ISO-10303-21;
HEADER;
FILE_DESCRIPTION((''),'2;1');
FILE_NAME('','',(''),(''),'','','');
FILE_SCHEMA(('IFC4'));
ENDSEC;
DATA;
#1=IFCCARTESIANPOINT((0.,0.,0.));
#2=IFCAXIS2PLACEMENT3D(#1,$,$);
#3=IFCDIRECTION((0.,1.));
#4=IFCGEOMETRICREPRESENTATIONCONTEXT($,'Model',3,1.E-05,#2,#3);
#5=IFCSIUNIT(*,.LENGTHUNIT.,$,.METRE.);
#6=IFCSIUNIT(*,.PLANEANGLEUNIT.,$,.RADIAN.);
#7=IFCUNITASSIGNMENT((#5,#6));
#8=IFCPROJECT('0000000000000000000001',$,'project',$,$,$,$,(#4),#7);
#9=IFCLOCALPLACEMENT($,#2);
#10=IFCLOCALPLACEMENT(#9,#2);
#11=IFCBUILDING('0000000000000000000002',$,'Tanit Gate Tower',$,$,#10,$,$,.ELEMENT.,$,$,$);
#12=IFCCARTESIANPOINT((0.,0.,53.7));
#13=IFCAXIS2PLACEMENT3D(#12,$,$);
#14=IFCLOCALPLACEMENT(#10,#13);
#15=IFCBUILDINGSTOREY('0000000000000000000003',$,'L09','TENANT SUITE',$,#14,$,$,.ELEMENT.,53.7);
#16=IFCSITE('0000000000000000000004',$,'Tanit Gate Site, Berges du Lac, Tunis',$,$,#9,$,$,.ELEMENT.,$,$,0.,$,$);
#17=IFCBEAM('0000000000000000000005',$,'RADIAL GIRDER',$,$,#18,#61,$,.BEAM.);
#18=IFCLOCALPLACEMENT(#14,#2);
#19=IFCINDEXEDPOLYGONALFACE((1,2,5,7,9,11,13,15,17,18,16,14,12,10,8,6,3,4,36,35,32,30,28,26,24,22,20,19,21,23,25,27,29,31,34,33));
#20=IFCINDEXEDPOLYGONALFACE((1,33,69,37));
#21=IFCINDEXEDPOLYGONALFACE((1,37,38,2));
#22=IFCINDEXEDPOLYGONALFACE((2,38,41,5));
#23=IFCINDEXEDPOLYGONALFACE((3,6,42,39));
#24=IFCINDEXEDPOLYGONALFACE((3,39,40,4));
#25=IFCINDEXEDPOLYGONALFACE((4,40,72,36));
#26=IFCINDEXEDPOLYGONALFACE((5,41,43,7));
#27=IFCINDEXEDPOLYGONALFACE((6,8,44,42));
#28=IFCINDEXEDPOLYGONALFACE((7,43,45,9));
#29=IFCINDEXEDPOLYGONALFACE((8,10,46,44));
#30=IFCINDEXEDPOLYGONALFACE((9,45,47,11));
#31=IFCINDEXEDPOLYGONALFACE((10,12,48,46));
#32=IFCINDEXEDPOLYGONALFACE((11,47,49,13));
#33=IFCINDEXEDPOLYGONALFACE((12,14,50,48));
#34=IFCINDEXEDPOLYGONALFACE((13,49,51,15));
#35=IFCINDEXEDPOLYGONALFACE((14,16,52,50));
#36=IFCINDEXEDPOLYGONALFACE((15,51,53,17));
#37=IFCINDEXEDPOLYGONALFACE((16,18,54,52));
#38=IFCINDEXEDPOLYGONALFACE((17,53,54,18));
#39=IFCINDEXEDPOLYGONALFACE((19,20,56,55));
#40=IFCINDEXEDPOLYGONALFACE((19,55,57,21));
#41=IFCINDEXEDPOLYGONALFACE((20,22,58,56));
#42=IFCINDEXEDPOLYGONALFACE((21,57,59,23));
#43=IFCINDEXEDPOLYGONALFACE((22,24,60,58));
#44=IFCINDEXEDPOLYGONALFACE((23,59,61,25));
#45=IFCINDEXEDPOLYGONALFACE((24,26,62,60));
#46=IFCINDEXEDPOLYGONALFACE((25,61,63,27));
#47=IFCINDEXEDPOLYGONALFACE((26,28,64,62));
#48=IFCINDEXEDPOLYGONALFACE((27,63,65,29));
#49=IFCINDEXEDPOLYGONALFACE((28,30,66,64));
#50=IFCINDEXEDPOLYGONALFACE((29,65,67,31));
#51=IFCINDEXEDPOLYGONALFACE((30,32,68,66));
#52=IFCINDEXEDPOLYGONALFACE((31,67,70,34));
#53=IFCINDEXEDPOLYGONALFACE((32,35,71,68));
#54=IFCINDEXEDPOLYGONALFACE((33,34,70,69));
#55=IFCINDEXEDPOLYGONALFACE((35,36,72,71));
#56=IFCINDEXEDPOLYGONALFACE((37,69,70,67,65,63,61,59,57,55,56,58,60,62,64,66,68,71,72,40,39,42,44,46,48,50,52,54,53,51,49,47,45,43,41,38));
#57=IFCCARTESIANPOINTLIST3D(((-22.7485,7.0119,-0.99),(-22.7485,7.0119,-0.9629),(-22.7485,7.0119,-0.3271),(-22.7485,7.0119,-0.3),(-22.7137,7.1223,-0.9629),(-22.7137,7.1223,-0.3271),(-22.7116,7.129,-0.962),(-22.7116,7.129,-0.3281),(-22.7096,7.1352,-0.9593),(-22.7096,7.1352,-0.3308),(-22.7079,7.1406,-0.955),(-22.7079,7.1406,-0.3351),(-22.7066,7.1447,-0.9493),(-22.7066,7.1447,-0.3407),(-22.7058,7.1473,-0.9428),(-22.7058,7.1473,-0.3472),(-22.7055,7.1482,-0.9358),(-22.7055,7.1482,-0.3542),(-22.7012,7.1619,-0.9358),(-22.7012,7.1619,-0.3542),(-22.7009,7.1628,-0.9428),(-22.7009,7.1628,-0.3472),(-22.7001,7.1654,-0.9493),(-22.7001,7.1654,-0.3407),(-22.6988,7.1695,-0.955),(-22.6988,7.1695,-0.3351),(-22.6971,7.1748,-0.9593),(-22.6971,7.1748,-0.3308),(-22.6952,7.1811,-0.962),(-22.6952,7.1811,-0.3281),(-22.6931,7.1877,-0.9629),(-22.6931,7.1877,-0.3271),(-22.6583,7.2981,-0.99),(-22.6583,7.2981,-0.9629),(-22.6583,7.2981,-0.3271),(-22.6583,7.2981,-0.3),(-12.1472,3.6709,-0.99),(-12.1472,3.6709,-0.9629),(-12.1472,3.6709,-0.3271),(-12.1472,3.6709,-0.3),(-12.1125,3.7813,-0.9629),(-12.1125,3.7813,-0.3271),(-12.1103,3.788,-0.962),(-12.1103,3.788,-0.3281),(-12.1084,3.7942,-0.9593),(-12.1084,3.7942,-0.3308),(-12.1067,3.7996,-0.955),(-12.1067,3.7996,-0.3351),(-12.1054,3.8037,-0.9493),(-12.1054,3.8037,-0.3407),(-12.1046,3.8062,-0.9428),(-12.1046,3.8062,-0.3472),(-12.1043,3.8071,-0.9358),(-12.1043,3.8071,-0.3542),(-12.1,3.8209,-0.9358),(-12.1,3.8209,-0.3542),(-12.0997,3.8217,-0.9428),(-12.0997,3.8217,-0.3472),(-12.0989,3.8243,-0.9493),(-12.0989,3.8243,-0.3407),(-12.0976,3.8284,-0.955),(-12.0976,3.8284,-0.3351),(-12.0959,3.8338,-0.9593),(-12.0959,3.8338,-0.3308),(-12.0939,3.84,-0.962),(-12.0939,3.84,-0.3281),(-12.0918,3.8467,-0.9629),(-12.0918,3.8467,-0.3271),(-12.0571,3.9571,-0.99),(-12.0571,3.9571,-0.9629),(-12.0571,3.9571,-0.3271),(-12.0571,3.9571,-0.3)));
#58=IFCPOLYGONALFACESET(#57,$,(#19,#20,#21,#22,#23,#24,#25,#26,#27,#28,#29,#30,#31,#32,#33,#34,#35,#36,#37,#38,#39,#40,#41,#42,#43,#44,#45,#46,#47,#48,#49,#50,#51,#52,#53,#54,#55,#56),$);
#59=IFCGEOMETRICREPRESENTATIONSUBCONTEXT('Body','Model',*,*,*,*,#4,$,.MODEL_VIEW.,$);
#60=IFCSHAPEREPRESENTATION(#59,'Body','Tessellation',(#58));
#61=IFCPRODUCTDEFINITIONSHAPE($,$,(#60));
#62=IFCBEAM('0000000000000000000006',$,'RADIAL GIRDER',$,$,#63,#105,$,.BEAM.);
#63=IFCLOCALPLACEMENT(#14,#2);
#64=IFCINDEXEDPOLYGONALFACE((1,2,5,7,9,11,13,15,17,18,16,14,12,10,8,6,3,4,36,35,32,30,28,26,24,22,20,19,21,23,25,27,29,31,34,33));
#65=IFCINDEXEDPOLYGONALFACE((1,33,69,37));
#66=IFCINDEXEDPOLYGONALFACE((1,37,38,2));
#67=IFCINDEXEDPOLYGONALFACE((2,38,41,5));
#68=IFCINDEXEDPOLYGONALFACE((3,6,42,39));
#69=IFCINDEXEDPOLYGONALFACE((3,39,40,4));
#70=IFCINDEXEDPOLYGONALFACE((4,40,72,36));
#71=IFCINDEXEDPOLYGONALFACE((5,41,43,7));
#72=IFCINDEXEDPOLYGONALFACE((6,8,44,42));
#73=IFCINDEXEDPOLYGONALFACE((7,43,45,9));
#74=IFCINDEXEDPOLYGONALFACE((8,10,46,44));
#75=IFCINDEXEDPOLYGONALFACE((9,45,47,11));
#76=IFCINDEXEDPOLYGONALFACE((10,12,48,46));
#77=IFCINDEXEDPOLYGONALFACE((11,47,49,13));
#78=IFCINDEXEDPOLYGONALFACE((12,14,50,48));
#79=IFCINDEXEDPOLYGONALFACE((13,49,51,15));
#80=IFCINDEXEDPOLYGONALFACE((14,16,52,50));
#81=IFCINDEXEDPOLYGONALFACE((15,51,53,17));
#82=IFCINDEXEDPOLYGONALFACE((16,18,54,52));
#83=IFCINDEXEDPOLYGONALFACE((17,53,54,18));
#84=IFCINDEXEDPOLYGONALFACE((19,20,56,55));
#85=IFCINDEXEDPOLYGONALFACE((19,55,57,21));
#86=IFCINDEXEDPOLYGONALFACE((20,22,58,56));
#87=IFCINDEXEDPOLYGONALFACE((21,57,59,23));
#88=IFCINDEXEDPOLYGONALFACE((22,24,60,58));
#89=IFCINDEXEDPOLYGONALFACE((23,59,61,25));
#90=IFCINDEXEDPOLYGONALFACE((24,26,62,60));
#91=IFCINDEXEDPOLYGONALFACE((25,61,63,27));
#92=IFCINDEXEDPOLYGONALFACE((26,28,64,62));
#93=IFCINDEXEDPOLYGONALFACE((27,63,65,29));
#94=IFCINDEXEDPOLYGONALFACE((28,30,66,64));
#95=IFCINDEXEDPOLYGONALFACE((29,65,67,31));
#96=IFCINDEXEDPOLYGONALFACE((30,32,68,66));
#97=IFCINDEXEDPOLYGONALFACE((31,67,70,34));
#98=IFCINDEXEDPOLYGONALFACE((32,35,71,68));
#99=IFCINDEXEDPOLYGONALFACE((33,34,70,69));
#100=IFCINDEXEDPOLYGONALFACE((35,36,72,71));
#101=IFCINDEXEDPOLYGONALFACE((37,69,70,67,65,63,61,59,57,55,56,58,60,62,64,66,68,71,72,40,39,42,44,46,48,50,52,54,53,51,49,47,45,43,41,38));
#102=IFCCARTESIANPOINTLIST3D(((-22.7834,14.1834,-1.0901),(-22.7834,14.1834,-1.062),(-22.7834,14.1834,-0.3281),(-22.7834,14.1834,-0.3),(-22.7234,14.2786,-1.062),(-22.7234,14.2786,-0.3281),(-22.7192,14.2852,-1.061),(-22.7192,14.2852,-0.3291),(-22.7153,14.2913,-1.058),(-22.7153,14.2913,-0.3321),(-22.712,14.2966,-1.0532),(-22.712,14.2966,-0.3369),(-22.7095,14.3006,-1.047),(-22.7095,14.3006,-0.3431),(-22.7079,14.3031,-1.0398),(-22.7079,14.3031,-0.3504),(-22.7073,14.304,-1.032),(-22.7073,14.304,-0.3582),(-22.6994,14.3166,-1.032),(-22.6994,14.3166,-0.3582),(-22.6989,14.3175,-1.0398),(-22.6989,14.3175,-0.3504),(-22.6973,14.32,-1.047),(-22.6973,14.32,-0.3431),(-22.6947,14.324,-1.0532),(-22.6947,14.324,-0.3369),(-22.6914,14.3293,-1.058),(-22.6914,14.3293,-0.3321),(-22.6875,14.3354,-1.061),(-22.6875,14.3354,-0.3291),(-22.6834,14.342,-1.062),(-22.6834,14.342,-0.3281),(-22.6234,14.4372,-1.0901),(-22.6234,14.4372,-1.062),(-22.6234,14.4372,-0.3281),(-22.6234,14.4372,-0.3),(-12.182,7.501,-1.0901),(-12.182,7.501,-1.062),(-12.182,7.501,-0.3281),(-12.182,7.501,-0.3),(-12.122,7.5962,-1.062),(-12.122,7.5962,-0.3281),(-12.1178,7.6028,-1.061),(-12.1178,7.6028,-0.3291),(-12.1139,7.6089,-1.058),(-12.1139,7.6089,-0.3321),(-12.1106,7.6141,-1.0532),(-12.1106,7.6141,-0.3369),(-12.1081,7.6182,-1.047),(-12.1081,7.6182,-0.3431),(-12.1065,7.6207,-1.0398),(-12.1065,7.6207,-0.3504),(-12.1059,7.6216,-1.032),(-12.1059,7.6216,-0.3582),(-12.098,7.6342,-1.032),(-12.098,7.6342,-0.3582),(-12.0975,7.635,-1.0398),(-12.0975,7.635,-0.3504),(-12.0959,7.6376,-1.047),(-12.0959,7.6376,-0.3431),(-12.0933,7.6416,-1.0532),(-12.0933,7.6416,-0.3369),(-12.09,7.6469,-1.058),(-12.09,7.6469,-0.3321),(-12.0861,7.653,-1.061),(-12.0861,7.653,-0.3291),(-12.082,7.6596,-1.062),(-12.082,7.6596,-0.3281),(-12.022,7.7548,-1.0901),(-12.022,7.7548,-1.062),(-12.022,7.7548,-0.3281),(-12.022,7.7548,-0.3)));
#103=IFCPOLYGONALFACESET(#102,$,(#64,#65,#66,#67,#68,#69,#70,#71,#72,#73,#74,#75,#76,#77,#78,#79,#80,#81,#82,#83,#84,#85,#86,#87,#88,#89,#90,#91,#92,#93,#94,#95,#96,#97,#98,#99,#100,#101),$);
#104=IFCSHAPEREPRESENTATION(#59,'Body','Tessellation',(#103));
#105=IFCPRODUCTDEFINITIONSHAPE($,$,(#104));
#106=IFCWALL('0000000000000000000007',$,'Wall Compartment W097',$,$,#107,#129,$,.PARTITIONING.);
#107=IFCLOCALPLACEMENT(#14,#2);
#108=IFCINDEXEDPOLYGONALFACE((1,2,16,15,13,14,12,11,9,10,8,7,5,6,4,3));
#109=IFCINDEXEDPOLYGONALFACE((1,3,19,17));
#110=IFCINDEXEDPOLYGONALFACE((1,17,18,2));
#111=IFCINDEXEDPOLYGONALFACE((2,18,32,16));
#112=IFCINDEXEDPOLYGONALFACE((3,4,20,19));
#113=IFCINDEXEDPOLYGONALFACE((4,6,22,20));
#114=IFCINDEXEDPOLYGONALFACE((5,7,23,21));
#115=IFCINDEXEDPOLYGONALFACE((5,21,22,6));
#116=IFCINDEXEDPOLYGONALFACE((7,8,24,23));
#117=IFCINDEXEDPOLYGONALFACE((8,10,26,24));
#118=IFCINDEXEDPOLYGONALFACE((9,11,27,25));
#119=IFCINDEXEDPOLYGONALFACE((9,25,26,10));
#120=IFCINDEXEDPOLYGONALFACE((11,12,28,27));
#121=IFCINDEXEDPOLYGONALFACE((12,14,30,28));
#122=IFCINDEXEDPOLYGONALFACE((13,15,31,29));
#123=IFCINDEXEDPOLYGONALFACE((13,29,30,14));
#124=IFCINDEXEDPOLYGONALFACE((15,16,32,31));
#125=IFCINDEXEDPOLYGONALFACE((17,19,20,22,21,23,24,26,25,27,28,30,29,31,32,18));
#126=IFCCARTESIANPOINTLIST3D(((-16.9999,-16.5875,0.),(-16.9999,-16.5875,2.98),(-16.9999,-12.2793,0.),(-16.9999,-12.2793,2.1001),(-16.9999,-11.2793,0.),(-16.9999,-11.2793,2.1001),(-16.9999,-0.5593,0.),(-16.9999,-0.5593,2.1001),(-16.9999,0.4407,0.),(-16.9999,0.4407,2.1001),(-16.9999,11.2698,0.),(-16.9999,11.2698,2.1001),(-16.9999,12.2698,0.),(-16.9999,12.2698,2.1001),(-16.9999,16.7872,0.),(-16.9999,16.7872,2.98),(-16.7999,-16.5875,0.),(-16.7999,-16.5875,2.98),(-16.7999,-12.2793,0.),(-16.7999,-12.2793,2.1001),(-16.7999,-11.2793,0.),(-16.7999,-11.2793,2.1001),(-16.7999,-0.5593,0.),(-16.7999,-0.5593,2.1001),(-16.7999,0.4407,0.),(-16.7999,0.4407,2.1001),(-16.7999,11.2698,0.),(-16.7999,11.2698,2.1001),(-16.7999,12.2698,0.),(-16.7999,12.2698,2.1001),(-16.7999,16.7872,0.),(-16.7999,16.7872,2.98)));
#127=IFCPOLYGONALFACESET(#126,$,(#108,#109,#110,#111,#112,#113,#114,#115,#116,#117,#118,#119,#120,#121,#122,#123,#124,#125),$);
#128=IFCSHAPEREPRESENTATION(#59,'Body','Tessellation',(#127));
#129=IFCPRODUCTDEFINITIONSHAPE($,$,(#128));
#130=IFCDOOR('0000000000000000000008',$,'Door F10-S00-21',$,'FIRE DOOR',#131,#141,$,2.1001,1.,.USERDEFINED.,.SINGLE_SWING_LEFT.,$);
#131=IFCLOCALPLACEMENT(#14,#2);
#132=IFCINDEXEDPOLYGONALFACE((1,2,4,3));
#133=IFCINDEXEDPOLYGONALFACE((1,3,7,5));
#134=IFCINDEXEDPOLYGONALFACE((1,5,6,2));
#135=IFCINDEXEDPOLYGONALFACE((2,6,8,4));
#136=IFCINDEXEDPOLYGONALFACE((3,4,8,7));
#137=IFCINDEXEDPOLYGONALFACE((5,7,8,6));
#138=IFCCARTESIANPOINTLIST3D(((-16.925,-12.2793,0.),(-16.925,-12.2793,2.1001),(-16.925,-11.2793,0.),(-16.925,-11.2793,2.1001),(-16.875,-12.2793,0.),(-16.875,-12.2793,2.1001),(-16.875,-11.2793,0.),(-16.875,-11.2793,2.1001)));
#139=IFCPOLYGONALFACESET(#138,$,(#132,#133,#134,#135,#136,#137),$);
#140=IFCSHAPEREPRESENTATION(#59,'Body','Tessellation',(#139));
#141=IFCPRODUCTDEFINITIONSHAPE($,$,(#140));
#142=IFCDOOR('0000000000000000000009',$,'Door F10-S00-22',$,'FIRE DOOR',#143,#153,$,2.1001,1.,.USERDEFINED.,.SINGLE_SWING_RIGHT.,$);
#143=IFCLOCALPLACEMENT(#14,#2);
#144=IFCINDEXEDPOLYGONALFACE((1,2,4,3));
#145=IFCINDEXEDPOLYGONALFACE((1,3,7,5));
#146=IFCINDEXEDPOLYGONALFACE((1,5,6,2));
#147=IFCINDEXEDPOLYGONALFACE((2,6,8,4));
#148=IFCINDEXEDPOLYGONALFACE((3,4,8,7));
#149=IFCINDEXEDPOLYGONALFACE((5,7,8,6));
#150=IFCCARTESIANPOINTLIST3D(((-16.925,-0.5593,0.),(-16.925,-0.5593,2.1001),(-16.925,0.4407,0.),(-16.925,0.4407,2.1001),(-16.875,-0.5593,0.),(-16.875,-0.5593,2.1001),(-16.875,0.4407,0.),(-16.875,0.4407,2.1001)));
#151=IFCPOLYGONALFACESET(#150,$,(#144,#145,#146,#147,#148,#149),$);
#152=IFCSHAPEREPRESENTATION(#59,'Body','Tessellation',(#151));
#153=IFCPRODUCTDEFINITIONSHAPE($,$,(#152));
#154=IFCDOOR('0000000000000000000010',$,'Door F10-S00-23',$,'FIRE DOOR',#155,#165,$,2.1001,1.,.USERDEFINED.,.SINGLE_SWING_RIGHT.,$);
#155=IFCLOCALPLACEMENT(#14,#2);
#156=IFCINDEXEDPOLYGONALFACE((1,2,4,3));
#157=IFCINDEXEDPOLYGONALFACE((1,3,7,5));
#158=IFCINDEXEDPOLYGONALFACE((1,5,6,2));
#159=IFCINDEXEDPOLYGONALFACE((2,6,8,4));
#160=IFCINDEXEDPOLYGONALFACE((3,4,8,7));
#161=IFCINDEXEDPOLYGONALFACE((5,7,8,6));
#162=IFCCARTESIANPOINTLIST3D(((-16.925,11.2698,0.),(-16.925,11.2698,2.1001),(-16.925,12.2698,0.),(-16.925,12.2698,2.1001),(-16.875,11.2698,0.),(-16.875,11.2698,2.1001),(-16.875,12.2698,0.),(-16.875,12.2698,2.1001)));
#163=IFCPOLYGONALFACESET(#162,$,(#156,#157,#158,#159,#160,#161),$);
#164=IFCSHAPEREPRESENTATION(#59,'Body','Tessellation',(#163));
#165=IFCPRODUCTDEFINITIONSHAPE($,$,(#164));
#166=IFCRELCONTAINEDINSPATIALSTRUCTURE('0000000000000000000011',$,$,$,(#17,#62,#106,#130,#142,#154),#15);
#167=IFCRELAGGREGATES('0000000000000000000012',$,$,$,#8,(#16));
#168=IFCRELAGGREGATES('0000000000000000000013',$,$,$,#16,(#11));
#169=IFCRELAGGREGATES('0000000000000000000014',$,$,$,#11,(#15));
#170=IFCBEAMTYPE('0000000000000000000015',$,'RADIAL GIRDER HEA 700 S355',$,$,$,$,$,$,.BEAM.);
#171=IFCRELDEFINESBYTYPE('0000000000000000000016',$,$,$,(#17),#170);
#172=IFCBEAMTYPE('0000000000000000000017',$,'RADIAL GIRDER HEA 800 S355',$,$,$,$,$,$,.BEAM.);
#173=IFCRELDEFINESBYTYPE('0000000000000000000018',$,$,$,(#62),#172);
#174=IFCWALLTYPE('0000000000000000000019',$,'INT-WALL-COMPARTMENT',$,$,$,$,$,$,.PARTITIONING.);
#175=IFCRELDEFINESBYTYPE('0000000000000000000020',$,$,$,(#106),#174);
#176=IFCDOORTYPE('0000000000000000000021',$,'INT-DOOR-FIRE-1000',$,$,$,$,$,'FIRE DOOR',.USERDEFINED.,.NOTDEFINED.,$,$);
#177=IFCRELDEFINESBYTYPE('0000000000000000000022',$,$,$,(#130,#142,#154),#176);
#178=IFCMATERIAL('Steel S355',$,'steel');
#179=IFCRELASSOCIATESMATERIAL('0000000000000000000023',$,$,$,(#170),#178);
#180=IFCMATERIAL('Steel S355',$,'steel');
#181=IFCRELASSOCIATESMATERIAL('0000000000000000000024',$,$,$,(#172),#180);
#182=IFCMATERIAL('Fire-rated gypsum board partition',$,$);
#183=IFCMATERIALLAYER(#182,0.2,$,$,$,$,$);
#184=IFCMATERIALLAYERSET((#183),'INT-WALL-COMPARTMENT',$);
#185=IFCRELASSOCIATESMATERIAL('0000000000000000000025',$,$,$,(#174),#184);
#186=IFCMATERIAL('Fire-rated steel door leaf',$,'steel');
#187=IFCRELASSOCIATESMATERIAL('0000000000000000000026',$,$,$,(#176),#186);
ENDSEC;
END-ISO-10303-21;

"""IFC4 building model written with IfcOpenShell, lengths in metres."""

from ifc_helpers import new_model, si_unit, direction, frame, frame_2d, origin, origin_2d, place, context, subcontext, project, spatial, rectangle, i_section, extrude, material, layer, layer_set, material_profile, profile_set, type_object, element, fill, save


model = new_model("IFC4")

# Units and contexts
model_context = context("Model", 3, precision=1e-05, world=origin(), true_north=direction((0.0, 1.0)))
body_context = subcontext(model_context, "Body", "Model", "MODEL_VIEW")
ifc_project = project(units=[si_unit("LENGTHUNIT", "METRE"), si_unit("PLANEANGLEUNIT", "RADIAN")], contexts=[model_context])

# Site, building, storey
site_placement = place(None, origin())
site = spatial("IfcSite", under=ifc_project, at=site_placement, Name="Tanit Gate Site, Berges du Lac, Tunis", CompositionType="ELEMENT", RefElevation=0.0)
building_placement = place(site_placement, origin())
building = spatial("IfcBuilding", under=site, at=building_placement, Name="Tanit Gate Tower", CompositionType="ELEMENT")
storey_placement = place(building_placement, frame((0.0, 0.0, 53.7)))
storey = spatial("IfcBuildingStorey", under=building, at=storey_placement, Name="L09", Description="TENANT SUITE", CompositionType="ELEMENT", Elevation=53.7)

# Beams
ifc_material_1 = material(Name="Steel S355", Category="steel")
ifc_material_profile_1 = material_profile(ifc_material_1, i_section(OverallWidth=0.3, OverallDepth=0.6899, WebThickness=0.0144, FlangeThickness=0.0271, FilletRadius=0.0271, at=origin_2d()), Name="HEA 700")
ifc_profile_set_1 = profile_set([ifc_material_profile_1], Name="Steel S355")
beam_type_1 = type_object("IfcBeamType", Name="RADIAL GIRDER HEA 700 S355", PredefinedType="BEAM", material=ifc_profile_set_1)
beam_1_placement = place(storey_placement, frame((-22.7034, 7.155, -0.645), z_axis=(0.953756, -0.300582, 0.0), x_axis=(0.300582, 0.953756, 0.0)))
element("IfcBeam", 1, at=beam_1_placement, inside=storey, type_object=beam_type_1, Name="RADIAL GIRDER", PredefinedType="BEAM", context=body_context, shape_type="SweptSolid", body=[
    extrude(i_section(OverallWidth=0.3, OverallDepth=0.6899, WebThickness=0.0144, FlangeThickness=0.0271, FilletRadius=0.0271, at=origin_2d()), origin(), (0.0, 0.0, 1.0), 11.1152),
])
ifc_material_2 = material(Name="Steel S355", Category="steel")
ifc_material_profile_2 = material_profile(ifc_material_2, i_section(OverallWidth=0.3, OverallDepth=0.79, WebThickness=0.0149, FlangeThickness=0.0281, FilletRadius=0.03, at=origin_2d()), Name="HEA 800")
ifc_profile_set_2 = profile_set([ifc_material_profile_2], Name="Steel S355")
beam_type_2 = type_object("IfcBeamType", Name="RADIAL GIRDER HEA 800 S355", PredefinedType="BEAM", material=ifc_profile_set_2)
beam_2_placement = place(storey_placement, frame((-22.7034, 14.3103, -0.6951), z_axis=(0.845964, -0.53324, 0.0), x_axis=(0.53324, 0.845964, 0.0)))
element("IfcBeam", 2, at=beam_2_placement, inside=storey, type_object=beam_type_2, Name="RADIAL GIRDER", PredefinedType="BEAM", context=body_context, shape_type="SweptSolid", body=[
    extrude(i_section(OverallWidth=0.3, OverallDepth=0.79, WebThickness=0.0149, FlangeThickness=0.0281, FilletRadius=0.03, at=origin_2d()), origin(), (0.0, 0.0, 1.0), 12.5317),
])

# Wall, openings, doors
ifc_material_3 = material(Name="Fire-rated gypsum board partition")
ifc_layer_1 = layer(ifc_material_3, 0.2)
ifc_layer_set_1 = layer_set([ifc_layer_1], Name="INT-WALL-COMPARTMENT")
wall_type_1 = type_object("IfcWallType", Name="INT-WALL-COMPARTMENT", PredefinedType="PARTITIONING", material=ifc_layer_set_1)
wall_1_placement = place(storey_placement, frame((-16.8999, 16.7874, 0.0), z_axis=(0.0, 0.0, 1.0), x_axis=(0.0, -1.0, 0.0)))
wall_1 = element("IfcWall", 3, at=wall_1_placement, inside=storey, type_object=wall_type_1, Name="Wall Compartment W097", PredefinedType="PARTITIONING", context=body_context, shape_type="SweptSolid", body=[
    extrude(rectangle(XDim=33.3748, YDim=0.2, at=frame_2d((16.6875, 0.0))), origin(), (0.0, 0.0, 1.0), 2.98),
])
opening_1_placement = place(wall_1_placement, frame((28.0667, 0.0, 0.0)))
opening_1 = element("IfcOpeningElement", 4, at=opening_1_placement, cuts=wall_1, PredefinedType="OPENING", context=body_context, shape_type="SweptSolid", body=[
    extrude(rectangle(XDim=1.0, YDim=2.1001, at=frame_2d((0.5, 1.05))), frame((0.0, 0.1099, 0.0), z_axis=(0.0, -1.0, 0.0), x_axis=(1.0, 0.0, 0.0)), (0.0, 0.0, 1.0), 0.22),
])
opening_2_placement = place(wall_1_placement, frame((16.3467, 0.0, 0.0)))
opening_2 = element("IfcOpeningElement", 5, at=opening_2_placement, cuts=wall_1, PredefinedType="OPENING", context=body_context, shape_type="SweptSolid", body=[
    extrude(rectangle(XDim=1.0, YDim=2.1001, at=frame_2d((0.5, 1.05))), frame((0.0, 0.1099, 0.0), z_axis=(0.0, -1.0, 0.0), x_axis=(1.0, 0.0, 0.0)), (0.0, 0.0, 1.0), 0.22),
])
opening_3_placement = place(wall_1_placement, frame((4.5176, 0.0, 0.0)))
opening_3 = element("IfcOpeningElement", 6, at=opening_3_placement, cuts=wall_1, PredefinedType="OPENING", context=body_context, shape_type="SweptSolid", body=[
    extrude(rectangle(XDim=1.0, YDim=2.1001, at=frame_2d((0.5, 1.05))), frame((0.0, 0.1099, 0.0), z_axis=(0.0, -1.0, 0.0), x_axis=(1.0, 0.0, 0.0)), (0.0, 0.0, 1.0), 0.22),
])
ifc_material_4 = material(Name="Fire-rated steel door leaf", Category="steel")
door_type_1 = type_object("IfcDoorType", Name="INT-DOOR-FIRE-1000", ElementType="FIRE DOOR", OperationType="NOTDEFINED", PredefinedType="USERDEFINED", material=ifc_material_4)
door_1_placement = place(opening_1_placement, origin())
door_1 = element("IfcDoor", 7, at=door_1_placement, inside=storey, type_object=door_type_1, Name="Door F10-S00-21", ObjectType="FIRE DOOR", OperationType="SINGLE_SWING_LEFT", OverallHeight=2.1001, OverallWidth=1.0, PredefinedType="USERDEFINED", context=body_context, shape_type="SweptSolid", body=[
    extrude(rectangle(XDim=1.0, YDim=2.1001, at=frame_2d((0.5, 1.05))), frame((0.0, 0.0249, 0.0), z_axis=(0.0, -1.0, 0.0), x_axis=(1.0, 0.0, 0.0)), (0.0, 0.0, 1.0), 0.05),
])
fill(opening_1, door_1)
door_2_placement = place(opening_2_placement, origin())
door_2 = element("IfcDoor", 8, at=door_2_placement, inside=storey, type_object=door_type_1, Name="Door F10-S00-22", ObjectType="FIRE DOOR", OperationType="SINGLE_SWING_RIGHT", OverallHeight=2.1001, OverallWidth=1.0, PredefinedType="USERDEFINED", context=body_context, shape_type="SweptSolid", body=[
    extrude(rectangle(XDim=1.0, YDim=2.1001, at=frame_2d((0.5, 1.05))), frame((0.0, 0.0249, 0.0), z_axis=(0.0, -1.0, 0.0), x_axis=(1.0, 0.0, 0.0)), (0.0, 0.0, 1.0), 0.05),
])
fill(opening_2, door_2)
door_3_placement = place(opening_3_placement, origin())
door_3 = element("IfcDoor", 9, at=door_3_placement, inside=storey, type_object=door_type_1, Name="Door F10-S00-23", ObjectType="FIRE DOOR", OperationType="SINGLE_SWING_RIGHT", OverallHeight=2.1001, OverallWidth=1.0, PredefinedType="USERDEFINED", context=body_context, shape_type="SweptSolid", body=[
    extrude(rectangle(XDim=1.0, YDim=2.1001, at=frame_2d((0.5, 1.05))), frame((0.0, 0.0249, 0.0), z_axis=(0.0, -1.0, 0.0), x_axis=(1.0, 0.0, 0.0)), (0.0, 0.0, 1.0), 0.05),
])
fill(opening_3, door_3)

save(model, "model.ifc")
